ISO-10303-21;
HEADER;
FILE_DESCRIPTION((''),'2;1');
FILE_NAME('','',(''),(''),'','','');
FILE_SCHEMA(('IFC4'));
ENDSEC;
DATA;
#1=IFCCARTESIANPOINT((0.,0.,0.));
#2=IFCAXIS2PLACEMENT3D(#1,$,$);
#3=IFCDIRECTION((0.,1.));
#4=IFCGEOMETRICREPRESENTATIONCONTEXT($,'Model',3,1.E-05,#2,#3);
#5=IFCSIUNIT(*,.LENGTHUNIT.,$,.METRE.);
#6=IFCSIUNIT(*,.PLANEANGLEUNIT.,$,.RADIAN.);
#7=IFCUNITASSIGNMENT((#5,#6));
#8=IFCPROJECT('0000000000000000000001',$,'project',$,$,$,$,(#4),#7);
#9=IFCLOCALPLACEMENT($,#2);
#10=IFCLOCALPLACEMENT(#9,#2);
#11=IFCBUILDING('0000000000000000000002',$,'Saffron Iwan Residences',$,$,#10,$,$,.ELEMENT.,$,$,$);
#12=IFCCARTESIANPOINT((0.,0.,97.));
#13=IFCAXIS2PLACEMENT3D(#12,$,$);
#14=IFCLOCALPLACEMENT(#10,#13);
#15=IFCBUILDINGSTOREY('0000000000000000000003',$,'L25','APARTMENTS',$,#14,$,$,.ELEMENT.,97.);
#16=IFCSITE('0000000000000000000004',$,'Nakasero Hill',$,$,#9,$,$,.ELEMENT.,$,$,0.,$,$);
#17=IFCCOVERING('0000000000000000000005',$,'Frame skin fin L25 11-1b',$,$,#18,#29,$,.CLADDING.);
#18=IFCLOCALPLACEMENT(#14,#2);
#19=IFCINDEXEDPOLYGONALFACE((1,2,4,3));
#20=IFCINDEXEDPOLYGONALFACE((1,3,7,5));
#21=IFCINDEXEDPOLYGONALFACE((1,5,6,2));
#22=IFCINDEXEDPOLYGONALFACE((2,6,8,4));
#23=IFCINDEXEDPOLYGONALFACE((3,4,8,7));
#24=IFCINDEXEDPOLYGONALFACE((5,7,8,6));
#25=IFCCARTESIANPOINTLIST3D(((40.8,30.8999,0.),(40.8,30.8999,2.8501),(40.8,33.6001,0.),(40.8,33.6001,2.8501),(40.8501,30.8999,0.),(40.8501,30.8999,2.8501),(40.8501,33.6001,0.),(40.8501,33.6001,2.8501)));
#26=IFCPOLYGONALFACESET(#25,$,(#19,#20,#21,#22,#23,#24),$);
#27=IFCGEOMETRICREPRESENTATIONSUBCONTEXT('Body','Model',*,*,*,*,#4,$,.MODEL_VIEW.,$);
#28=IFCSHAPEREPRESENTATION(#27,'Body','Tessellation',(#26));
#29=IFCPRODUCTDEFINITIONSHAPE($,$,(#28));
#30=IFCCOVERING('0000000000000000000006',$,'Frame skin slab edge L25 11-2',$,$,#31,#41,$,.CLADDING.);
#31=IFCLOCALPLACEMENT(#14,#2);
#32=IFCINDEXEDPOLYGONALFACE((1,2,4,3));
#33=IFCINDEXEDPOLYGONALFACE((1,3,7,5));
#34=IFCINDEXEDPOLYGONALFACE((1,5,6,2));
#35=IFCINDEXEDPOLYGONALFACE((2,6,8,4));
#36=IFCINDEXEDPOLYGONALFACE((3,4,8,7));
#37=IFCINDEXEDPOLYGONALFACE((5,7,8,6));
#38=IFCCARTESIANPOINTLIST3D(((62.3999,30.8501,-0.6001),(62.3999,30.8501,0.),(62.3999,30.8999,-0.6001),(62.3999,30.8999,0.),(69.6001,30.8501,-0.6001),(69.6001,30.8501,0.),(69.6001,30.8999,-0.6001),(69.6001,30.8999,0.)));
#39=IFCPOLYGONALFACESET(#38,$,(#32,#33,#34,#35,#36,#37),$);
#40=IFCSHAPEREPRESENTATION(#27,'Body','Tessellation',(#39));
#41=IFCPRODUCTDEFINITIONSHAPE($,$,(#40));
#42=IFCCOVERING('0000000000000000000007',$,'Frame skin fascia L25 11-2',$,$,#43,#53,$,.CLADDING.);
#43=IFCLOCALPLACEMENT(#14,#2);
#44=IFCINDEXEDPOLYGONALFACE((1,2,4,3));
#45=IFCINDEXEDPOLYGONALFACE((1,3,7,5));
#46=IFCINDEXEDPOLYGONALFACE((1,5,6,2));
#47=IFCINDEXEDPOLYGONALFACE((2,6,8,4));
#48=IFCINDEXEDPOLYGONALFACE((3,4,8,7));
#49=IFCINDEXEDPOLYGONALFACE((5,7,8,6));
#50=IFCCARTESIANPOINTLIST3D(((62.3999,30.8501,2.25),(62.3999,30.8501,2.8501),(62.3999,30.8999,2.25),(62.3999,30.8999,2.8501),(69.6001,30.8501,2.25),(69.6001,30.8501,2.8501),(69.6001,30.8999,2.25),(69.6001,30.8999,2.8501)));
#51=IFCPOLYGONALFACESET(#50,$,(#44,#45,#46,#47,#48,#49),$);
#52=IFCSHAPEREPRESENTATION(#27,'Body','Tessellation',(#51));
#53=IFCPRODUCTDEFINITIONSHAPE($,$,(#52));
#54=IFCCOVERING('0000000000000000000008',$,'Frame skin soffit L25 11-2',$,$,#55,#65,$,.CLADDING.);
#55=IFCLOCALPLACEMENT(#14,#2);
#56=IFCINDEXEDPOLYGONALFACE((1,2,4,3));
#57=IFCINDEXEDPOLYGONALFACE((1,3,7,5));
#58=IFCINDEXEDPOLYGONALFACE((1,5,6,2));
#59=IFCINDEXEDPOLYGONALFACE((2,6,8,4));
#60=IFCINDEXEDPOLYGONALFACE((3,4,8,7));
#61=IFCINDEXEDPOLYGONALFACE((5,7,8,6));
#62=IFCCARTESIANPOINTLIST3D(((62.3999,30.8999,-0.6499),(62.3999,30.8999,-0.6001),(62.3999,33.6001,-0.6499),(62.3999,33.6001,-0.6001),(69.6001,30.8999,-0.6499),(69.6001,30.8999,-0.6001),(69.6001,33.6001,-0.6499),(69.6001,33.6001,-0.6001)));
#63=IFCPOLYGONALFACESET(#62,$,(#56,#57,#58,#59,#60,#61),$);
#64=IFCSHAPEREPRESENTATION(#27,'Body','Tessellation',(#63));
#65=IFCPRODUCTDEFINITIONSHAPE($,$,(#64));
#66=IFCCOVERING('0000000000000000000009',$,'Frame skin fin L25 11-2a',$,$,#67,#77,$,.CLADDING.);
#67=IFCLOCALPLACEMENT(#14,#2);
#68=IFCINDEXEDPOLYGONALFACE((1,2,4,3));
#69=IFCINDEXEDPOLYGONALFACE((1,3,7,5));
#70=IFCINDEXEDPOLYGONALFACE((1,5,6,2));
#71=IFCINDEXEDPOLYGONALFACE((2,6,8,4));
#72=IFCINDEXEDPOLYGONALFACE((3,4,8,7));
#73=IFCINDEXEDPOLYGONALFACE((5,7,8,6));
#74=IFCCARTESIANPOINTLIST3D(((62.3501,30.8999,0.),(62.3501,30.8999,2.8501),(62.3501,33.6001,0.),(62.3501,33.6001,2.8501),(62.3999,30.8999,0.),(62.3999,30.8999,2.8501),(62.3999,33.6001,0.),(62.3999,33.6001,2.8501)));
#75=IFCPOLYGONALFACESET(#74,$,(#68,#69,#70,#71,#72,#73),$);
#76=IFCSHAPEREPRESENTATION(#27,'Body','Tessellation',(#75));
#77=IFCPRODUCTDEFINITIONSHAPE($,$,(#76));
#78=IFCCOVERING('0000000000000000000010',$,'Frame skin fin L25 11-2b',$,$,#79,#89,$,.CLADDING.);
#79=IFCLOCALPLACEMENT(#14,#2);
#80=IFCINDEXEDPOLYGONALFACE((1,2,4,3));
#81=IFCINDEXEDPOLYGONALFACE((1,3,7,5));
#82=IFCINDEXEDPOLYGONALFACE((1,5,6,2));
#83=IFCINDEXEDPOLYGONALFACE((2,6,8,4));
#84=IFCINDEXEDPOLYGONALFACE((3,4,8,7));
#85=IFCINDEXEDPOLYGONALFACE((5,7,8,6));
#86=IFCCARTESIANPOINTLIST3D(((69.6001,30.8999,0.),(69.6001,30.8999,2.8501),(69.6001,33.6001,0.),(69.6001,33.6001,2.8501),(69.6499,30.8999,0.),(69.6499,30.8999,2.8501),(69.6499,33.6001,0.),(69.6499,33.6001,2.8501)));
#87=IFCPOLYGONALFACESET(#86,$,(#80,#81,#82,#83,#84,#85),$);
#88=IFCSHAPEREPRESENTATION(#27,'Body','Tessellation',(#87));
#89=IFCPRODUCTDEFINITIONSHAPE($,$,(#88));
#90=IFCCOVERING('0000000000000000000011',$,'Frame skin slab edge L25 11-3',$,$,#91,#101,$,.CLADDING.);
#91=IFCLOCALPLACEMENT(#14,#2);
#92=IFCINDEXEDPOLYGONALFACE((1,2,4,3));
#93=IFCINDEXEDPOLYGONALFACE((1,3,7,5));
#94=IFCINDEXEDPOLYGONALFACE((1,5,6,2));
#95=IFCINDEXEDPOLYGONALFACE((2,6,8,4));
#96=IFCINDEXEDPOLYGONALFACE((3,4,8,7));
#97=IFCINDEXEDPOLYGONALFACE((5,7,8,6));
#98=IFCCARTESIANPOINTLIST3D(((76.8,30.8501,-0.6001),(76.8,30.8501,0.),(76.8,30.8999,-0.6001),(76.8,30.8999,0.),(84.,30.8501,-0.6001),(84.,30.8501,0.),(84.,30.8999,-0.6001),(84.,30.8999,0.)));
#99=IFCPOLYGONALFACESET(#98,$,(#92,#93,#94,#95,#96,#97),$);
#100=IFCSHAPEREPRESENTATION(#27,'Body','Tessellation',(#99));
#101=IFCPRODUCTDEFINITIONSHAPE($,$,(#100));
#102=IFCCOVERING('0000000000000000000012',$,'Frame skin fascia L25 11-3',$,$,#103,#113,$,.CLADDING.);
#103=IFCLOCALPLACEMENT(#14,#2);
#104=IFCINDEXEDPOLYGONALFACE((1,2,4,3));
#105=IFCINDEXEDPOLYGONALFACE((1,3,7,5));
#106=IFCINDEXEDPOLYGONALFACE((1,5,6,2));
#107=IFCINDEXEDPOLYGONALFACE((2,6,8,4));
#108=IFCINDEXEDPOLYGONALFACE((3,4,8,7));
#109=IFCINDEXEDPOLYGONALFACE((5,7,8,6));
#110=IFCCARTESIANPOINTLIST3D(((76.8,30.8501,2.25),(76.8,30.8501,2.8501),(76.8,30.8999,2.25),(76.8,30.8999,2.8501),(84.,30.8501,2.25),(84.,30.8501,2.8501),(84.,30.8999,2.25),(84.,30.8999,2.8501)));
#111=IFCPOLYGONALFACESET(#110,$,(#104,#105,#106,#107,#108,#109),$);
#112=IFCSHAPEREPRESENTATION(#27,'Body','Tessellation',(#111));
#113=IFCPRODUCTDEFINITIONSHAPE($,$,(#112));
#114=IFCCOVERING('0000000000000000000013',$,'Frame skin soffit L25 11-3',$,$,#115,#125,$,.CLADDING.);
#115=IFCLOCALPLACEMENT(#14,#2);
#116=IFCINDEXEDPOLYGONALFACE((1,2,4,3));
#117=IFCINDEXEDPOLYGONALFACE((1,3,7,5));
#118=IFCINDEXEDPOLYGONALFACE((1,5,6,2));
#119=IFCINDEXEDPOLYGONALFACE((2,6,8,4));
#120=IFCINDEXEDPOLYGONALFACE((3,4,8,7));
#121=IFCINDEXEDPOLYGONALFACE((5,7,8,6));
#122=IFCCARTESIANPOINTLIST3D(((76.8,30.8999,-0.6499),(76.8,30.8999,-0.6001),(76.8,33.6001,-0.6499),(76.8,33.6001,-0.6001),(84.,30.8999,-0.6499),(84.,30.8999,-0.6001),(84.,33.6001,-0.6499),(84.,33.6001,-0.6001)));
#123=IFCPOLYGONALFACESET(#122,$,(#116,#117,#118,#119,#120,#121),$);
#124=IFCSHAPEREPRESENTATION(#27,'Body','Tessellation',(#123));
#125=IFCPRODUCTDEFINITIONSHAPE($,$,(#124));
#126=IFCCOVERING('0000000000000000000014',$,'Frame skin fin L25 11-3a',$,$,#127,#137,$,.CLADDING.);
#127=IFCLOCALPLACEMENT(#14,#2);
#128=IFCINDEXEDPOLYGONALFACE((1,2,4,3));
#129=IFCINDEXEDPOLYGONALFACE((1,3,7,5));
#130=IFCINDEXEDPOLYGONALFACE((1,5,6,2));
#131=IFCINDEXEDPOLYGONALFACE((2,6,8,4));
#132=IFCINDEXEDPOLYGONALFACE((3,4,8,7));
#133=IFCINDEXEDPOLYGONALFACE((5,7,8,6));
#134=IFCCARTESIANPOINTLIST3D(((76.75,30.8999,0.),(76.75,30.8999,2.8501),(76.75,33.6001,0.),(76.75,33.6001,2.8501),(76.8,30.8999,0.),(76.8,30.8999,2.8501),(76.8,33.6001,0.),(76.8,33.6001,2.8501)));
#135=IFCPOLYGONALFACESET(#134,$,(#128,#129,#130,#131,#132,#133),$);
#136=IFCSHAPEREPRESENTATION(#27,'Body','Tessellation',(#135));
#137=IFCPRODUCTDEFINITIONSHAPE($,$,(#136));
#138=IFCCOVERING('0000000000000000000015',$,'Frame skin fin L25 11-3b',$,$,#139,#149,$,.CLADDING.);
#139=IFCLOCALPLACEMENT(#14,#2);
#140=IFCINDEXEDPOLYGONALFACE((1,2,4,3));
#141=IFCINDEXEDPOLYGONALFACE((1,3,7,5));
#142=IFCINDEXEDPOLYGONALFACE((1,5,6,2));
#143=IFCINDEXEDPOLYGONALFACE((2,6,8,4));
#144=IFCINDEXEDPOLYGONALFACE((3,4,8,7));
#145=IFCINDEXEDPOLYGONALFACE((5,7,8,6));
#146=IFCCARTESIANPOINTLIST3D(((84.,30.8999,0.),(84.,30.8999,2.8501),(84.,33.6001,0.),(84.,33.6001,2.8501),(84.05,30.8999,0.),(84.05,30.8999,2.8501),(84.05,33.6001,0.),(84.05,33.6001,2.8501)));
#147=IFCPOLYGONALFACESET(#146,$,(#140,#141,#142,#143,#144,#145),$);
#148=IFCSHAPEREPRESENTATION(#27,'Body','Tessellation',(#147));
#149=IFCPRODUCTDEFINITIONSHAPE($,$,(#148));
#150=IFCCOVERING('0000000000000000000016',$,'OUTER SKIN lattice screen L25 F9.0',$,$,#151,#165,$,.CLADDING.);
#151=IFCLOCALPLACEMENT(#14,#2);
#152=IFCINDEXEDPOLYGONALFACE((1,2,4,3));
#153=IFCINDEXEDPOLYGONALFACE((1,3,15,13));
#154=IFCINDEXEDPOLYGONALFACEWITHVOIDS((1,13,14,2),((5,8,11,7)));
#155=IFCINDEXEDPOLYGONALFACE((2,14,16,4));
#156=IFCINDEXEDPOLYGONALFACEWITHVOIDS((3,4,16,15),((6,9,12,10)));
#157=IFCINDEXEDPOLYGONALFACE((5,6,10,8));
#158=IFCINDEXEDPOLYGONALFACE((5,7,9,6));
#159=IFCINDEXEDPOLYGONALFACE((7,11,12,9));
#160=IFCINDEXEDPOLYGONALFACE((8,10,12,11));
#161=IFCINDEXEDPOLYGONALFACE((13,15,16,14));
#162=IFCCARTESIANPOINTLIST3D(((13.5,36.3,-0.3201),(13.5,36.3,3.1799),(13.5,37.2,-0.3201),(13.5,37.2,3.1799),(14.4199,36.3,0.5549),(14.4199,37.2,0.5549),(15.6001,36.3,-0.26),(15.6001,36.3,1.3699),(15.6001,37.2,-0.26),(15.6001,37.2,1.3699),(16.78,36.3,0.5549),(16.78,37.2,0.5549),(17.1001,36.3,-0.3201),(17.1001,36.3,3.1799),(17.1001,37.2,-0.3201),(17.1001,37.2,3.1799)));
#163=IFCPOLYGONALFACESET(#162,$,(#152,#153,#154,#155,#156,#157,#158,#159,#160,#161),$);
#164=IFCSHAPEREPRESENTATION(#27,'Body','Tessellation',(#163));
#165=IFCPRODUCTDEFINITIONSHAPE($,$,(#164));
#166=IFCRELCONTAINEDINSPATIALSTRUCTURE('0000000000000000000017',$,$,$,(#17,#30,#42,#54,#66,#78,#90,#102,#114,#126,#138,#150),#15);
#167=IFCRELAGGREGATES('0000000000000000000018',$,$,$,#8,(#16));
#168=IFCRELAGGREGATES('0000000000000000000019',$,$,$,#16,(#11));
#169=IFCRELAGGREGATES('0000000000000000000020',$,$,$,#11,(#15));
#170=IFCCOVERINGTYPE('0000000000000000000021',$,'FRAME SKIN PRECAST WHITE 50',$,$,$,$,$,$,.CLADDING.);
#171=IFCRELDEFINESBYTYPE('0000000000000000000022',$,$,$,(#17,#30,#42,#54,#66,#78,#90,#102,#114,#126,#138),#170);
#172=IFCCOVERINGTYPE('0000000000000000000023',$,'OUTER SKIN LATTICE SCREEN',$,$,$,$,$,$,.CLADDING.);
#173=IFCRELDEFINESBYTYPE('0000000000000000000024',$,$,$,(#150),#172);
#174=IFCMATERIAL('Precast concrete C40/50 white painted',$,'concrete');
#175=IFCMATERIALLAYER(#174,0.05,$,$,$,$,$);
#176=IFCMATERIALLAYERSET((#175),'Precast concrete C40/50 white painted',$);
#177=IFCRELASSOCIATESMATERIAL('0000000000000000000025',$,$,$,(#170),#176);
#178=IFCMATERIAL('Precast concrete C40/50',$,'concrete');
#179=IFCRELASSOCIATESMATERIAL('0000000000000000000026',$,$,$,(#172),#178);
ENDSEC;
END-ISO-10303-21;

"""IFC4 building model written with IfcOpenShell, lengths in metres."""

from ifc_helpers import new_model, si_unit, direction, frame, origin, place, context, subcontext, project, spatial, polyline, outline, extrude, material, layer, layer_set, type_object, element, save


model = new_model("IFC4")

# Units and contexts
model_context = context("Model", 3, precision=1e-05, world=origin(), true_north=direction((0.0, 1.0)))
body_context = subcontext(model_context, "Body", "Model", "MODEL_VIEW")
ifc_project = project(units=[si_unit("LENGTHUNIT", "METRE"), si_unit("PLANEANGLEUNIT", "RADIAN")], contexts=[model_context])

# Site, building, storey
site_placement = place(None, origin())
site = spatial("IfcSite", under=ifc_project, at=site_placement, Name="Nakasero Hill", CompositionType="ELEMENT", RefElevation=0.0)
building_placement = place(site_placement, origin())
building = spatial("IfcBuilding", under=site, at=building_placement, Name="Saffron Iwan Residences", CompositionType="ELEMENT")
storey_placement = place(building_placement, frame((0.0, 0.0, 97.0)))
storey = spatial("IfcBuildingStorey", under=building, at=storey_placement, Name="L25", Description="APARTMENTS", CompositionType="ELEMENT", Elevation=97.0)

# Coverings
ifc_material_1 = material(Name="Precast concrete C40/50 white painted", Category="concrete")
ifc_layer_1 = layer(ifc_material_1, 0.05)
ifc_layer_set_1 = layer_set([ifc_layer_1], Name="Precast concrete C40/50 white painted")
covering_type_1 = type_object("IfcCoveringType", Name="FRAME SKIN PRECAST WHITE 50", PredefinedType="CLADDING", material=ifc_layer_set_1)
covering_1_placement = place(storey_placement, origin())
element("IfcCovering", 1, at=covering_1_placement, inside=storey, type_object=covering_type_1, Name="Frame skin fin L25 11-1b", PredefinedType="CLADDING", context=body_context, shape_type="SweptSolid", body=[
    extrude(outline(polyline([(40.8, 30.8999), (40.8501, 30.8999), (40.8501, 33.6001), (40.8, 33.6001), (40.8, 30.8999)])), origin(), (0.0, 0.0, 1.0), 2.8501),
])
for number, where, name in (
    (2, (0.0, 0.0, -0.6001), "Frame skin slab edge L25 11-2"),
    (3, (0.0, 0.0, 2.25), "Frame skin fascia L25 11-2"),
):
    element("IfcCovering", number, at=place(storey_placement, frame(where)), inside=storey, type_object=covering_type_1, Name=name, PredefinedType="CLADDING", context=body_context, shape_type="SweptSolid", body=[
        extrude(outline(polyline([(62.3999, 30.8501), (69.6001, 30.8501), (69.6001, 30.8999), (62.3999, 30.8999), (62.3999, 30.8501)])), origin(), (0.0, 0.0, 1.0), 0.6001),
    ])
covering_2_placement = place(storey_placement, frame((0.0, 0.0, -0.6499)))
element("IfcCovering", 4, at=covering_2_placement, inside=storey, type_object=covering_type_1, Name="Frame skin soffit L25 11-2", PredefinedType="CLADDING", context=body_context, shape_type="SweptSolid", body=[
    extrude(outline(polyline([(62.3999, 30.8999), (69.6001, 30.8999), (69.6001, 33.6001), (62.3999, 33.6001), (62.3999, 30.8999)])), origin(), (0.0, 0.0, 1.0), 0.0498),
])
covering_3_placement = place(storey_placement, origin())
element("IfcCovering", 5, at=covering_3_placement, inside=storey, type_object=covering_type_1, Name="Frame skin fin L25 11-2a", PredefinedType="CLADDING", context=body_context, shape_type="SweptSolid", body=[
    extrude(outline(polyline([(62.3501, 30.8999), (62.3999, 30.8999), (62.3999, 33.6001), (62.3501, 33.6001), (62.3501, 30.8999)])), origin(), (0.0, 0.0, 1.0), 2.8501),
])
covering_4_placement = place(storey_placement, origin())
element("IfcCovering", 6, at=covering_4_placement, inside=storey, type_object=covering_type_1, Name="Frame skin fin L25 11-2b", PredefinedType="CLADDING", context=body_context, shape_type="SweptSolid", body=[
    extrude(outline(polyline([(69.6001, 30.8999), (69.6499, 30.8999), (69.6499, 33.6001), (69.6001, 33.6001), (69.6001, 30.8999)])), origin(), (0.0, 0.0, 1.0), 2.8501),
])
for number, where, name in (
    (7, (0.0, 0.0, -0.6001), "Frame skin slab edge L25 11-3"),
    (8, (0.0, 0.0, 2.25), "Frame skin fascia L25 11-3"),
):
    element("IfcCovering", number, at=place(storey_placement, frame(where)), inside=storey, type_object=covering_type_1, Name=name, PredefinedType="CLADDING", context=body_context, shape_type="SweptSolid", body=[
        extrude(outline(polyline([(76.8, 30.8501), (84.0, 30.8501), (84.0, 30.8999), (76.8, 30.8999), (76.8, 30.8501)])), origin(), (0.0, 0.0, 1.0), 0.6001),
    ])
covering_5_placement = place(storey_placement, frame((0.0, 0.0, -0.6499)))
element("IfcCovering", 9, at=covering_5_placement, inside=storey, type_object=covering_type_1, Name="Frame skin soffit L25 11-3", PredefinedType="CLADDING", context=body_context, shape_type="SweptSolid", body=[
    extrude(outline(polyline([(76.8, 30.8999), (84.0, 30.8999), (84.0, 33.6001), (76.8, 33.6001), (76.8, 30.8999)])), origin(), (0.0, 0.0, 1.0), 0.0498),
])
covering_6_placement = place(storey_placement, origin())
element("IfcCovering", 10, at=covering_6_placement, inside=storey, type_object=covering_type_1, Name="Frame skin fin L25 11-3a", PredefinedType="CLADDING", context=body_context, shape_type="SweptSolid", body=[
    extrude(outline(polyline([(76.75, 30.8999), (76.8, 30.8999), (76.8, 33.6001), (76.75, 33.6001), (76.75, 30.8999)])), origin(), (0.0, 0.0, 1.0), 2.8501),
])
covering_7_placement = place(storey_placement, origin())
element("IfcCovering", 11, at=covering_7_placement, inside=storey, type_object=covering_type_1, Name="Frame skin fin L25 11-3b", PredefinedType="CLADDING", context=body_context, shape_type="SweptSolid", body=[
    extrude(outline(polyline([(84.0, 30.8999), (84.05, 30.8999), (84.05, 33.6001), (84.0, 33.6001), (84.0, 30.8999)])), origin(), (0.0, 0.0, 1.0), 2.8501),
])
ifc_material_2 = material(Name="Precast concrete C40/50", Category="concrete")
covering_type_2 = type_object("IfcCoveringType", Name="OUTER SKIN LATTICE SCREEN", PredefinedType="CLADDING", material=ifc_material_2)
covering_8_placement = place(storey_placement, frame((13.5, 37.2, -0.3201), z_axis=(0.0, -1.0, 0.0), x_axis=(1.0, 0.0, 0.0)))
element("IfcCovering", 12, at=covering_8_placement, inside=storey, type_object=covering_type_2, Name="OUTER SKIN lattice screen L25 F9.0", PredefinedType="CLADDING", context=body_context, shape_type="SweptSolid", body=[
    extrude(outline(polyline([(0.0, 0.0), (3.6001, 0.0), (3.6001, 3.5), (0.0, 3.5), (0.0, 0.0)]), holes=[polyline([(0.9199, 0.875), (2.1001, 0.0601), (3.28, 0.875), (2.1001, 1.6899), (0.9199, 0.875)])]), origin(), (0.0, 0.0, 1.0), 0.8999),
])

save(model, "model.ifc")
